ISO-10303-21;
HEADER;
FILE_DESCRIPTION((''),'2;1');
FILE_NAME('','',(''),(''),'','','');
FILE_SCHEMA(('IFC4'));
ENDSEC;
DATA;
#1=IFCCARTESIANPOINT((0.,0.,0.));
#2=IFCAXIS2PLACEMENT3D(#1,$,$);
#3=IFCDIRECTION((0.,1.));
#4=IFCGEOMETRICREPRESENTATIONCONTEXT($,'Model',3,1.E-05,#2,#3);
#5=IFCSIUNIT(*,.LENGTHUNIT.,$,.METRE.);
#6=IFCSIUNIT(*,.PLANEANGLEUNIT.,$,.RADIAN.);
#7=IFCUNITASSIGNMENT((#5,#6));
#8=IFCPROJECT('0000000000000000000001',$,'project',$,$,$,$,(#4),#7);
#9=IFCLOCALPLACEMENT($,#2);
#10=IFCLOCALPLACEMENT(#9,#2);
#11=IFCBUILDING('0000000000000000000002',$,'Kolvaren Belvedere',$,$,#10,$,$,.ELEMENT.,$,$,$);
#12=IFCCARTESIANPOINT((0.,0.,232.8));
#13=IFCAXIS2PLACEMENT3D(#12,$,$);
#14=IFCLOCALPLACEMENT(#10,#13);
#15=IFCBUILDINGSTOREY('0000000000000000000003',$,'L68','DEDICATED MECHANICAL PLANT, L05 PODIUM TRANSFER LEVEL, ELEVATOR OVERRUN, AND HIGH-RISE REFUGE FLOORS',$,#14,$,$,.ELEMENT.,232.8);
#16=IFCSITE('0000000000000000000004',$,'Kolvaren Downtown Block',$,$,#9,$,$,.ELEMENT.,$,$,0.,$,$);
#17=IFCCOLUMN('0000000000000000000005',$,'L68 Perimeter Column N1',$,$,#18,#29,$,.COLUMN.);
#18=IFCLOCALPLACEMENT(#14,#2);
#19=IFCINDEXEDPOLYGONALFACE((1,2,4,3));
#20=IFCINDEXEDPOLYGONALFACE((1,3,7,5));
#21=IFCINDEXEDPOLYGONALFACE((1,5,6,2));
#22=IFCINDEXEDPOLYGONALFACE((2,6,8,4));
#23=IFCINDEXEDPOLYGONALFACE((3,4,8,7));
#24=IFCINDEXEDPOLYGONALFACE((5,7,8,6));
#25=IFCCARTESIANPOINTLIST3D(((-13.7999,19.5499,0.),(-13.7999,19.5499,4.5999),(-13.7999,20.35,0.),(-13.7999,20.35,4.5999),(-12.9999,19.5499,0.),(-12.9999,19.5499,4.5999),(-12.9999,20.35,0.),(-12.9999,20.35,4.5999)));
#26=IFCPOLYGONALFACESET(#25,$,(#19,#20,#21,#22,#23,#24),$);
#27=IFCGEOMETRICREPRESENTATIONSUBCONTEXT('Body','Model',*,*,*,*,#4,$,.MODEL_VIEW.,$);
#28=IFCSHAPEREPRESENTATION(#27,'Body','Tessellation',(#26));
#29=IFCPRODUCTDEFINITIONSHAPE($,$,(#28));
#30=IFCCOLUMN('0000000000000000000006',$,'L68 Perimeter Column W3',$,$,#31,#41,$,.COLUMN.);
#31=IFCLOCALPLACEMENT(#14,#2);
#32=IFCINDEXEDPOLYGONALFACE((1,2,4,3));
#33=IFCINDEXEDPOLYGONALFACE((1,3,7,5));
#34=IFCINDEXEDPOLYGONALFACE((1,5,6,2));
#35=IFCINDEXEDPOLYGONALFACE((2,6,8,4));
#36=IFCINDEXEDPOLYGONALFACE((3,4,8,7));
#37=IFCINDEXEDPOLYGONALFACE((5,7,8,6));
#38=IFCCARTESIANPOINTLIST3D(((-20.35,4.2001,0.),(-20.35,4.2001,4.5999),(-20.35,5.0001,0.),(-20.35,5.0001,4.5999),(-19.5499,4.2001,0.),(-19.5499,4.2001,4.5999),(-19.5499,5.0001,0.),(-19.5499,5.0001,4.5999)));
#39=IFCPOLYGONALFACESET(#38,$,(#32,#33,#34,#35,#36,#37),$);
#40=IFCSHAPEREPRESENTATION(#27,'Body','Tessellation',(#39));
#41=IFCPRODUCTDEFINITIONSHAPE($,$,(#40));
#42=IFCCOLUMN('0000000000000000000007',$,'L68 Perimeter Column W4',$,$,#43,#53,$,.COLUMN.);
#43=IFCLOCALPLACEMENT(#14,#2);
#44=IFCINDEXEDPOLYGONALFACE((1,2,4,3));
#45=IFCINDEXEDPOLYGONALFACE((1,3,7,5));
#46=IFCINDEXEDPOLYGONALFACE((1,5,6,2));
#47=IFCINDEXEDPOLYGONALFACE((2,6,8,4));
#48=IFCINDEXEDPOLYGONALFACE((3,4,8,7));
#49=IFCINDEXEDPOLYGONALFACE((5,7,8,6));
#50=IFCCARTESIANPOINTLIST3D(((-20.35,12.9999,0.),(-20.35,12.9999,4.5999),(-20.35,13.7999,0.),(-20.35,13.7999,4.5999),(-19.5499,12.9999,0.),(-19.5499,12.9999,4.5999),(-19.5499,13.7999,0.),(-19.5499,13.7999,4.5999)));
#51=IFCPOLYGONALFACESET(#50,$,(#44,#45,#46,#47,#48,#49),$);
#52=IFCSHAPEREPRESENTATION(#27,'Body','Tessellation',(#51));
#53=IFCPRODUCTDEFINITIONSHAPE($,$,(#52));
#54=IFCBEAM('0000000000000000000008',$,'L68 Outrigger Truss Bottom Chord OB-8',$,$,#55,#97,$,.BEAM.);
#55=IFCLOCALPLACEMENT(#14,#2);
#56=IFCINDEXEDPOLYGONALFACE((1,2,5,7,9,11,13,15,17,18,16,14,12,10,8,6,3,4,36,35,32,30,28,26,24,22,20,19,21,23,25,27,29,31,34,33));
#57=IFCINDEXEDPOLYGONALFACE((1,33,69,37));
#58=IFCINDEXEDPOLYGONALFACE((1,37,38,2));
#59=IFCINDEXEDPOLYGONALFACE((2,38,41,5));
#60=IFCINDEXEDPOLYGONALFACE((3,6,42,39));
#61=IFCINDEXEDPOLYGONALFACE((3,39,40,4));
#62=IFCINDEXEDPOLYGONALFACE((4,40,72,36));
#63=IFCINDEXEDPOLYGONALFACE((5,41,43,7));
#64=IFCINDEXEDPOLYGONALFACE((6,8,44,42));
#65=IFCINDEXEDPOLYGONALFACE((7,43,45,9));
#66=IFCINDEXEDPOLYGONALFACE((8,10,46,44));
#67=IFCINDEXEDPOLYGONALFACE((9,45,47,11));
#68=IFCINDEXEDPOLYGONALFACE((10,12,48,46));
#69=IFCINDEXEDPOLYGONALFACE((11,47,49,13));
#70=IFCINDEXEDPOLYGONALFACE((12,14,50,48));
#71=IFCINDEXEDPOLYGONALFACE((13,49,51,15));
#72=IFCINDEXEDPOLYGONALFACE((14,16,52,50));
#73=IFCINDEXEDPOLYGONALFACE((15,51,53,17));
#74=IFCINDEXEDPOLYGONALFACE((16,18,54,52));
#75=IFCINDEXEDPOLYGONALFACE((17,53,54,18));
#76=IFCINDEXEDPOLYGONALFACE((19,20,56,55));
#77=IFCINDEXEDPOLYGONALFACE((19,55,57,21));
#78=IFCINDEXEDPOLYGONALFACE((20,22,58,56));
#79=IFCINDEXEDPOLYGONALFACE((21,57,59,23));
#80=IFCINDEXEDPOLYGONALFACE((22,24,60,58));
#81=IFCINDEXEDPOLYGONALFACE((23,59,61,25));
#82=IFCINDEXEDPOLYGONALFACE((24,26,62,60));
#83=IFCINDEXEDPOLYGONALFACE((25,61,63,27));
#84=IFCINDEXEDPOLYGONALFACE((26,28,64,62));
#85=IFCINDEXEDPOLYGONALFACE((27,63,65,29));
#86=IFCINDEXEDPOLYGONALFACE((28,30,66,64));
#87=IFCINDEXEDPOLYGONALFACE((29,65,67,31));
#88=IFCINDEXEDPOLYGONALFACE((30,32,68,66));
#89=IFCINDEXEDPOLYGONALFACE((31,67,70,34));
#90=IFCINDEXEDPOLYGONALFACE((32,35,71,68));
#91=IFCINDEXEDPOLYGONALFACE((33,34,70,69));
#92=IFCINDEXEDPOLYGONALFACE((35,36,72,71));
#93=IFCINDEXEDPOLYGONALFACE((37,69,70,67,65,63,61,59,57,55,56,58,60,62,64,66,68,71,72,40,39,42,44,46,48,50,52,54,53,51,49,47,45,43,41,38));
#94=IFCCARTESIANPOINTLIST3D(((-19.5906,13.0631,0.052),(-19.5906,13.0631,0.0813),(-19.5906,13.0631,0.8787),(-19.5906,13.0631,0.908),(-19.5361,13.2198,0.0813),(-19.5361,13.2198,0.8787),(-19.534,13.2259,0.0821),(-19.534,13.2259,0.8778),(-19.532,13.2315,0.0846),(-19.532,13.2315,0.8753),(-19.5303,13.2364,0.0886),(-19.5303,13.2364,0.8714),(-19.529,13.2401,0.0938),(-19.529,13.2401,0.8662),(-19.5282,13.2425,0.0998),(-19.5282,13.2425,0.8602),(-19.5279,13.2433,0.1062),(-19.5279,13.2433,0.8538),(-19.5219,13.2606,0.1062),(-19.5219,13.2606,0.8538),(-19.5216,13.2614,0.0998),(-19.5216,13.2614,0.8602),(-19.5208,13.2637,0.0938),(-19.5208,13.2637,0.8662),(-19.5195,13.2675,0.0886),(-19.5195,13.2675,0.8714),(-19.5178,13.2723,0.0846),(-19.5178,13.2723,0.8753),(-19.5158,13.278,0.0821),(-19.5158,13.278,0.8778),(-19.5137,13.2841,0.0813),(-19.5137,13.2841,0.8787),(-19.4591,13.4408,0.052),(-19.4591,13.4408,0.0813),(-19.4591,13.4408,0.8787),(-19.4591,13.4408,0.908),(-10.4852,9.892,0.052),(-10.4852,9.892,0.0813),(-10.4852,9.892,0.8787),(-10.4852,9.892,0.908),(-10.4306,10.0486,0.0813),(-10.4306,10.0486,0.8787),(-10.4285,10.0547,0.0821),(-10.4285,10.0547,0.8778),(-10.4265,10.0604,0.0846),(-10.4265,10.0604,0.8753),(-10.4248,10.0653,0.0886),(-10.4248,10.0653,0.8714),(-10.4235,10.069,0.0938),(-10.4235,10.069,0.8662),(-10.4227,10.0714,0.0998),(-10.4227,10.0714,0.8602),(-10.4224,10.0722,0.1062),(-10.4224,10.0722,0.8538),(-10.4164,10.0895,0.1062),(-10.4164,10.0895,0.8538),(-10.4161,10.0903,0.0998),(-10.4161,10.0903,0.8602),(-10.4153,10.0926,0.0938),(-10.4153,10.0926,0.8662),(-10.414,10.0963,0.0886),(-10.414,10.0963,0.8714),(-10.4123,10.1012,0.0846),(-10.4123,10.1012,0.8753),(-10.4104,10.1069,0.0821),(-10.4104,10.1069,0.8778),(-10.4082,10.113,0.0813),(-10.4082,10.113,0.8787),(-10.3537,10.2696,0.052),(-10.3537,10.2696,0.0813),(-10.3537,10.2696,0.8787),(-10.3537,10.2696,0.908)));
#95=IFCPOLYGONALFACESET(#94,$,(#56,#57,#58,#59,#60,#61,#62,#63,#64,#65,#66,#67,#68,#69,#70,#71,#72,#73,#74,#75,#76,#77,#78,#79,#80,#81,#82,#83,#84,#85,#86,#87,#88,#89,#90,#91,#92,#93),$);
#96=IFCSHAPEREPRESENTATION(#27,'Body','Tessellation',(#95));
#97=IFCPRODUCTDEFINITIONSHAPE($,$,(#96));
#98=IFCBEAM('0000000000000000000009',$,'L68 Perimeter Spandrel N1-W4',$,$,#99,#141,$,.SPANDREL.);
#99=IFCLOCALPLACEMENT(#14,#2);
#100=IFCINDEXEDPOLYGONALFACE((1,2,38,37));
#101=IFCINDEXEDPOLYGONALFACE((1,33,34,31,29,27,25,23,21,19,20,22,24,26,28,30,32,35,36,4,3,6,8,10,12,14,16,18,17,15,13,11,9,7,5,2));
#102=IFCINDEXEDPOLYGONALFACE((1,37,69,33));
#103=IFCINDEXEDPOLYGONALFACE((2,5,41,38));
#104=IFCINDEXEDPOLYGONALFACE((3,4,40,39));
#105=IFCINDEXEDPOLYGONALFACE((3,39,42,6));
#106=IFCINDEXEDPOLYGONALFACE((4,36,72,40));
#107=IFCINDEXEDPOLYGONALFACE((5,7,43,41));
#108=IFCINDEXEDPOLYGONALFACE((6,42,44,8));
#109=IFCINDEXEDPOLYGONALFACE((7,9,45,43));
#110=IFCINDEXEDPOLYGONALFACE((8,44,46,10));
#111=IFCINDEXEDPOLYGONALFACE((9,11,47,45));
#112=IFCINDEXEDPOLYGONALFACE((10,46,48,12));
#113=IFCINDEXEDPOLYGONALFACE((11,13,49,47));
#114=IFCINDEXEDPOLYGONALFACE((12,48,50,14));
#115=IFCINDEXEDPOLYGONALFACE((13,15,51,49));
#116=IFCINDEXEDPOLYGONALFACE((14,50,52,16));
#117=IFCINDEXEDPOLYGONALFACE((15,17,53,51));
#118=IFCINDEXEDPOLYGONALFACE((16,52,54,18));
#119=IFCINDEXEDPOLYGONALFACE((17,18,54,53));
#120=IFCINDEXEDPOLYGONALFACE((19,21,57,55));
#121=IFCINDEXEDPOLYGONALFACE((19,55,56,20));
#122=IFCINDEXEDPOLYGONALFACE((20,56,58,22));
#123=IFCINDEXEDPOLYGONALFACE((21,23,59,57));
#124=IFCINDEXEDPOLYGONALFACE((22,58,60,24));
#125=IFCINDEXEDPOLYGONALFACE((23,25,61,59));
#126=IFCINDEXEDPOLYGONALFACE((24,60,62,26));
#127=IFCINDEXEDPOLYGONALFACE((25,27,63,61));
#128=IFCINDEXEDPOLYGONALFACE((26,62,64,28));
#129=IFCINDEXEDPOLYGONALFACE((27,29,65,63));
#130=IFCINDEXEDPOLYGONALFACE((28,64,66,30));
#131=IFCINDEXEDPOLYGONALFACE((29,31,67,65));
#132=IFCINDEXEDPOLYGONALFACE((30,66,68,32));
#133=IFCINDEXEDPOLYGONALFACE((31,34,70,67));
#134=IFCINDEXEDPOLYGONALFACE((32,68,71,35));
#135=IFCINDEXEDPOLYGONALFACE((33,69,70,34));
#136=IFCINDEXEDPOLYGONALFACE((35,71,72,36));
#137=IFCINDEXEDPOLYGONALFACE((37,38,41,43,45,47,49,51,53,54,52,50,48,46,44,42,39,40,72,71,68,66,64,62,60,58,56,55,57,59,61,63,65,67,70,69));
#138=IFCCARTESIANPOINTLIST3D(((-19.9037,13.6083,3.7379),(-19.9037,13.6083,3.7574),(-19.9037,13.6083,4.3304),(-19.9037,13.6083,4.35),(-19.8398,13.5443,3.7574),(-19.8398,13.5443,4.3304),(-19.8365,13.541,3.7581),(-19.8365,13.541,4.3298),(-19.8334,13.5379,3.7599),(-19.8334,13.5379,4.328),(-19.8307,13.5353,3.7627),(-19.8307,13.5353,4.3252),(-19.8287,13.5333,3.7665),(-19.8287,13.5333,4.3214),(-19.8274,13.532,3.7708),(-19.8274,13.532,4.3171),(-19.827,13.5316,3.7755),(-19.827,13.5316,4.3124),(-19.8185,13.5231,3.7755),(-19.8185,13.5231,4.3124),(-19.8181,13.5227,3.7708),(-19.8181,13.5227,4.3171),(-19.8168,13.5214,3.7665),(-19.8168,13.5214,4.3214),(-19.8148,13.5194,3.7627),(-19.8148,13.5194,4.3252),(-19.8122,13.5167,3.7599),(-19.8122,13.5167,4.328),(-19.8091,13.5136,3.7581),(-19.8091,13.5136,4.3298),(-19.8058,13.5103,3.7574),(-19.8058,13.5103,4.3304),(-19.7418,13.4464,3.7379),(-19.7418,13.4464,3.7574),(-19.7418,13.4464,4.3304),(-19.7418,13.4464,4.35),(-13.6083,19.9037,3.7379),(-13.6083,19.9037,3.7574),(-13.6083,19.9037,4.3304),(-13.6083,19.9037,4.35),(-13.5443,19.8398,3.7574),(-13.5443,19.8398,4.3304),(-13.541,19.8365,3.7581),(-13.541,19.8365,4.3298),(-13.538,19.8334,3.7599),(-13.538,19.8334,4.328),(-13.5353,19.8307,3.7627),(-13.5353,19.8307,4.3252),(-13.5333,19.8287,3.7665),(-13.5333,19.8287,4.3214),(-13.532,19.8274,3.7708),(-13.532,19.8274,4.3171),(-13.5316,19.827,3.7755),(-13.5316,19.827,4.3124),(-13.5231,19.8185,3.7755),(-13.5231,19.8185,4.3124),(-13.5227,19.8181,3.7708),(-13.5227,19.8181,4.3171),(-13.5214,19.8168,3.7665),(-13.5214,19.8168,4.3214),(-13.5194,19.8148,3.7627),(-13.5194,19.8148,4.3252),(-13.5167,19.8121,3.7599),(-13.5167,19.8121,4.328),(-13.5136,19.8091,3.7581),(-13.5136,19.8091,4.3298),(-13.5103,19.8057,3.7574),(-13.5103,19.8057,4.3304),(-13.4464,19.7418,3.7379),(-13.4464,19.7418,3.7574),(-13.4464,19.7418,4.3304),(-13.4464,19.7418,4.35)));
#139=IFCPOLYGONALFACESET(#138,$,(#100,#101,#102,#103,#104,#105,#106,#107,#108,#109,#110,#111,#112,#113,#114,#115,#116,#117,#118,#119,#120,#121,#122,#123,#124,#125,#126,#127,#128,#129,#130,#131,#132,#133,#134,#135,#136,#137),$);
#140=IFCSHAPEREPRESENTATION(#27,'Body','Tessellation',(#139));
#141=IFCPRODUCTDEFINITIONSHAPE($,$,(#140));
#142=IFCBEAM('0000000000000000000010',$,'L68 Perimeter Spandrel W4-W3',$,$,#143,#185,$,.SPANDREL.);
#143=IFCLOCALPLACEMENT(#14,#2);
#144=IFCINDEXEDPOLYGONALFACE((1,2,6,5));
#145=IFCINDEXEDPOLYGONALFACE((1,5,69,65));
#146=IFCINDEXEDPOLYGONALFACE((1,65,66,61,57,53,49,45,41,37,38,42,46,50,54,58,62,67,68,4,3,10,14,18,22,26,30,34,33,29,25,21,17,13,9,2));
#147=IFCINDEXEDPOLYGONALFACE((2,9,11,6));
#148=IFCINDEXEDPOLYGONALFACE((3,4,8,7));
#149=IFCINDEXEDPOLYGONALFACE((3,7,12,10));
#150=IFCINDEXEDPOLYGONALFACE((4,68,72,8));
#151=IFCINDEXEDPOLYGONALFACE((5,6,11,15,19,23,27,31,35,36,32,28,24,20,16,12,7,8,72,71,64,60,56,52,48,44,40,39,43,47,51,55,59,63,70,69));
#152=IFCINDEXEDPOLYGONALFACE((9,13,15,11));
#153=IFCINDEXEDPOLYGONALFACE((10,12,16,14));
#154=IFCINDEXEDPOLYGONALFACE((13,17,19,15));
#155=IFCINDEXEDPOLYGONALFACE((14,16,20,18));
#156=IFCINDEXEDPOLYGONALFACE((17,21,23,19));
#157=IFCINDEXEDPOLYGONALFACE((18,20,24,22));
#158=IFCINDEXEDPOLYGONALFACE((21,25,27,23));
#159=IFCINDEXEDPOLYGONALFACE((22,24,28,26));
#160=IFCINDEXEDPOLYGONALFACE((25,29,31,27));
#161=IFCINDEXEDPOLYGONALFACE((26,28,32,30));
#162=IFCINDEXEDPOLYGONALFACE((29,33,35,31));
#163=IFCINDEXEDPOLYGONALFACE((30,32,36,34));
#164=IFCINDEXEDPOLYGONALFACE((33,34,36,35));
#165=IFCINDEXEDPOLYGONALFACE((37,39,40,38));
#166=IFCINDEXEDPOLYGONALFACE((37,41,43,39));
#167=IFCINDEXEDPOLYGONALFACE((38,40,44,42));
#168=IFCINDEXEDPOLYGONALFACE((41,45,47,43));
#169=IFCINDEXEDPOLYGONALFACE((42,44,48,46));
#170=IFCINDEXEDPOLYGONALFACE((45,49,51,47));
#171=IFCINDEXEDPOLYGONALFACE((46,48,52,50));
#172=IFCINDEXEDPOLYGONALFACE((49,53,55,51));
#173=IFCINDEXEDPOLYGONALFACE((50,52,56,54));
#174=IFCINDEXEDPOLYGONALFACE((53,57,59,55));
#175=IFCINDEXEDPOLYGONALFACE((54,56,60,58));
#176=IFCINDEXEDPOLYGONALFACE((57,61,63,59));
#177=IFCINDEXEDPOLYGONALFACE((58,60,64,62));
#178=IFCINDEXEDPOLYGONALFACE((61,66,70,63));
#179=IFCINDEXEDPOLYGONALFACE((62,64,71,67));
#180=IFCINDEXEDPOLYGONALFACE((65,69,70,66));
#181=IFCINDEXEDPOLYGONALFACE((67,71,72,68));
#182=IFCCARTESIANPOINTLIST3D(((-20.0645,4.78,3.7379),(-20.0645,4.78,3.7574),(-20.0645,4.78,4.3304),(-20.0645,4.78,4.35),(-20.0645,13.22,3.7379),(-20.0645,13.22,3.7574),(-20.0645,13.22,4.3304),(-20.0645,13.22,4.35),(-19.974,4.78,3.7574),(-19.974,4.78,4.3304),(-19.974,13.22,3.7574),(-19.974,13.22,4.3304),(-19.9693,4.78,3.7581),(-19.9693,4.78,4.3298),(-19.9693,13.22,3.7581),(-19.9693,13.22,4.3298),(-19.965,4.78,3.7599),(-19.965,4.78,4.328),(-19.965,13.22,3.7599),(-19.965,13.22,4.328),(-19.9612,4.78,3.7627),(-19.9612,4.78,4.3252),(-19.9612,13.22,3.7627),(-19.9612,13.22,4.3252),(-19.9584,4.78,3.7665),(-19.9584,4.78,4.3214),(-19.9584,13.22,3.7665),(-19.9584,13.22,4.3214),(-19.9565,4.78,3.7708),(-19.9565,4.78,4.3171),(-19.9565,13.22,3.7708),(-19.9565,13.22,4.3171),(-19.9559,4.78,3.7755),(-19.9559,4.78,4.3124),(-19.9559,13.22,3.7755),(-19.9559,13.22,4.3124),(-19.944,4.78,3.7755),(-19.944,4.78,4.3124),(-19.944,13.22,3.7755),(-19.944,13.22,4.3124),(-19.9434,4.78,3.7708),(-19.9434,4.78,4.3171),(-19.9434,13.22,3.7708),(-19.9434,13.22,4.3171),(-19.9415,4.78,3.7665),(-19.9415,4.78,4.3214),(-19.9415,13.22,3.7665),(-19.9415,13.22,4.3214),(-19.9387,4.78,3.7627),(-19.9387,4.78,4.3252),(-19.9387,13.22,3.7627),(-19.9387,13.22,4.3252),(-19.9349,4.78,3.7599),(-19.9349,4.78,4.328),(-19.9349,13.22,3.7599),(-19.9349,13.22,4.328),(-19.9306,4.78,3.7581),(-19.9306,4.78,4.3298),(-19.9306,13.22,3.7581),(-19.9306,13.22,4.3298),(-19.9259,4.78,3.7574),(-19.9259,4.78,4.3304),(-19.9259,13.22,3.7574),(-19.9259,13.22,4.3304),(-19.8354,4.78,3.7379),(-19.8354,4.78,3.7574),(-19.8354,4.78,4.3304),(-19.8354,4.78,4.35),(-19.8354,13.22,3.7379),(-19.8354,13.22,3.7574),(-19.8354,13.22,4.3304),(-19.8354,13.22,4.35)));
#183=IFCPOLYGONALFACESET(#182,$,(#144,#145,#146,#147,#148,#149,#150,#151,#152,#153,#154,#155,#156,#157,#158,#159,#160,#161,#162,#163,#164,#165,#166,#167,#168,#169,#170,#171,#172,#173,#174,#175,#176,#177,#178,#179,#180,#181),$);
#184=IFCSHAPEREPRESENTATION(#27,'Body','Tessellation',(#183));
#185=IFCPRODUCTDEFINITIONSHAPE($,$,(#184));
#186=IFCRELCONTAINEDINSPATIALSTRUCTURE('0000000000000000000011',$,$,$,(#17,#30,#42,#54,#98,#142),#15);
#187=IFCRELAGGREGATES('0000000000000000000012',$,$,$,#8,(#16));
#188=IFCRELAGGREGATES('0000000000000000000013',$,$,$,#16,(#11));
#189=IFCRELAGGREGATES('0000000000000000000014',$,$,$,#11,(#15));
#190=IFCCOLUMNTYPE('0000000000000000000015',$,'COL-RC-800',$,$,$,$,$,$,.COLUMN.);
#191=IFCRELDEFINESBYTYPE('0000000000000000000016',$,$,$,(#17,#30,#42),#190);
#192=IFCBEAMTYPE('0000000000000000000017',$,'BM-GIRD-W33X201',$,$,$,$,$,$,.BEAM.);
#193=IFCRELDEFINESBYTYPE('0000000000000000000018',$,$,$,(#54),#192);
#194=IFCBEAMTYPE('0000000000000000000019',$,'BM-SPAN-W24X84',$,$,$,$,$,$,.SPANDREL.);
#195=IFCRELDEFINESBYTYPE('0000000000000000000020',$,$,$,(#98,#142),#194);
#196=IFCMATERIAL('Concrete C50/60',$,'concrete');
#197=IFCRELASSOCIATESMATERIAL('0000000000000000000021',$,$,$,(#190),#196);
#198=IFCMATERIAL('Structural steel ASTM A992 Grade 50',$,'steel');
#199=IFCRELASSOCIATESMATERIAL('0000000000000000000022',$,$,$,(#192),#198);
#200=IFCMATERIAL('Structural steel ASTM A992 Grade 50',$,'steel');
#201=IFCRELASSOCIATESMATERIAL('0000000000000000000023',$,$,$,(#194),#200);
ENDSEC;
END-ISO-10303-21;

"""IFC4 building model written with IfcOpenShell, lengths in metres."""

from ifc_helpers import new_model, si_unit, direction, frame, origin, origin_2d, place, context, subcontext, project, spatial, rectangle, i_section, extrude, material, material_profile, profile_set, type_object, element, save


model = new_model("IFC4")

# Units and contexts
model_context = context("Model", 3, precision=1e-05, world=origin(), true_north=direction((0.0, 1.0)))
body_context = subcontext(model_context, "Body", "Model", "MODEL_VIEW")
ifc_project = project(units=[si_unit("LENGTHUNIT", "METRE"), si_unit("PLANEANGLEUNIT", "RADIAN")], contexts=[model_context])

# Site, building, storey
site_placement = place(None, origin())
site = spatial("IfcSite", under=ifc_project, at=site_placement, Name="Kolvaren Downtown Block", CompositionType="ELEMENT", RefElevation=0.0)
building_placement = place(site_placement, origin())
building = spatial("IfcBuilding", under=site, at=building_placement, Name="Kolvaren Belvedere", CompositionType="ELEMENT")
storey_placement = place(building_placement, frame((0.0, 0.0, 232.8)))
storey = spatial("IfcBuildingStorey", under=building, at=storey_placement, Name="L68", Description="DEDICATED MECHANICAL PLANT, L05 PODIUM TRANSFER LEVEL, ELEVATOR OVERRUN, AND HIGH-RISE REFUGE FLOORS", CompositionType="ELEMENT", Elevation=232.8)

# Columns
ifc_material_1 = material(Name="Concrete C50/60", Category="concrete")
ifc_material_profile_1 = material_profile(ifc_material_1, rectangle(XDim=0.8, YDim=0.8, at=origin_2d()), Name="RC 800X800")
ifc_profile_set_1 = profile_set([ifc_material_profile_1], Name="Concrete C50/60")
column_type = type_object("IfcColumnType", Name="COL-RC-800", PredefinedType="COLUMN", material=ifc_profile_set_1)
for number, where, z_axis, x_axis, name in (
    (1, (-13.3999, 19.95, 0.0), (0.0, 0.0, 1.0), (1.0, 0.0, 0.0), "L68 Perimeter Column N1"),
    (2, (-19.95, 4.6001, 0.0), (0.0, 0.0, 1.0), (1.0, 0.0, 0.0), "L68 Perimeter Column W3"),
    (3, (-19.95, 13.3999, 0.0), (0.0, 0.0, 1.0), (1.0, 0.0, 0.0), "L68 Perimeter Column W4"),
):
    element("IfcColumn", number, at=place(storey_placement, frame(where, z_axis=z_axis, x_axis=x_axis)), inside=storey, type_object=column_type, Name=name, PredefinedType="COLUMN", context=body_context, shape_type="SweptSolid", body=[
        extrude(rectangle(XDim=0.8, YDim=0.8, at=origin_2d()), origin(), (0.0, 0.0, 1.0), 4.5999),
    ])

# Beams
ifc_material_2 = material(Name="Structural steel ASTM A992 Grade 50", Category="steel")
ifc_material_profile_2 = material_profile(ifc_material_2, i_section(OverallWidth=0.3999, OverallDepth=0.856, WebThickness=0.0183, FlangeThickness=0.0293, FilletRadius=0.0249, at=origin_2d()), Name="W33X201")
ifc_profile_set_2 = profile_set([ifc_material_profile_2], Name="Structural steel ASTM A992 Grade 50")
beam_type_1 = type_object("IfcBeamType", Name="BM-GIRD-W33X201", PredefinedType="BEAM", material=ifc_profile_set_2)
beam_1_placement = place(storey_placement, frame((-10.4194, 10.0808, 0.48), z_axis=(-0.944367, 0.328893, 0.0), x_axis=(-0.328893, -0.944367, 0.0)))
element("IfcBeam", 4, at=beam_1_placement, inside=storey, type_object=beam_type_1, Name="L68 Outrigger Truss Bottom Chord OB-8", PredefinedType="BEAM", context=body_context, shape_type="SweptSolid", body=[
    extrude(i_section(OverallWidth=0.3999, OverallDepth=0.856, WebThickness=0.0183, FlangeThickness=0.0293, FilletRadius=0.0249, at=origin_2d()), origin(), (0.0, 0.0, 1.0), 9.6418),
])
ifc_material_3 = material(Name="Structural steel ASTM A992 Grade 50", Category="steel")
ifc_material_profile_3 = material_profile(ifc_material_3, i_section(OverallWidth=0.229, OverallDepth=0.6121, WebThickness=0.012, FlangeThickness=0.0195, FilletRadius=0.0181, at=origin_2d()), Name="W24X84")
ifc_profile_set_3 = profile_set([ifc_material_profile_3], Name="Structural steel ASTM A992 Grade 50")
beam_type_2 = type_object("IfcBeamType", Name="BM-SPAN-W24X84", PredefinedType="SPANDREL", material=ifc_profile_set_3)
beam_2_placement = place(storey_placement, frame((-13.5273, 19.8228, 4.0439), z_axis=(-0.707107, -0.707107, 0.0), x_axis=(0.707107, -0.707107, 0.0)))
element("IfcBeam", 5, at=beam_2_placement, inside=storey, type_object=beam_type_2, Name="L68 Perimeter Spandrel N1-W4", PredefinedType="SPANDREL", context=body_context, shape_type="SweptSolid", body=[
    extrude(i_section(OverallWidth=0.229, OverallDepth=0.6121, WebThickness=0.012, FlangeThickness=0.0195, FilletRadius=0.0181, at=origin_2d()), origin(), (0.0, 0.0, 1.0), 8.9031),
])
beam_3_placement = place(storey_placement, frame((-19.95, 13.22, 4.0439), z_axis=(0.0, -1.0, 0.0), x_axis=(1.0, 0.0, 0.0)))
element("IfcBeam", 6, at=beam_3_placement, inside=storey, type_object=beam_type_2, Name="L68 Perimeter Spandrel W4-W3", PredefinedType="SPANDREL", context=body_context, shape_type="SweptSolid", body=[
    extrude(i_section(OverallWidth=0.229, OverallDepth=0.6121, WebThickness=0.012, FlangeThickness=0.0195, FilletRadius=0.0181, at=origin_2d()), origin(), (0.0, 0.0, 1.0), 8.4399),
])

save(model, "model.ifc")
